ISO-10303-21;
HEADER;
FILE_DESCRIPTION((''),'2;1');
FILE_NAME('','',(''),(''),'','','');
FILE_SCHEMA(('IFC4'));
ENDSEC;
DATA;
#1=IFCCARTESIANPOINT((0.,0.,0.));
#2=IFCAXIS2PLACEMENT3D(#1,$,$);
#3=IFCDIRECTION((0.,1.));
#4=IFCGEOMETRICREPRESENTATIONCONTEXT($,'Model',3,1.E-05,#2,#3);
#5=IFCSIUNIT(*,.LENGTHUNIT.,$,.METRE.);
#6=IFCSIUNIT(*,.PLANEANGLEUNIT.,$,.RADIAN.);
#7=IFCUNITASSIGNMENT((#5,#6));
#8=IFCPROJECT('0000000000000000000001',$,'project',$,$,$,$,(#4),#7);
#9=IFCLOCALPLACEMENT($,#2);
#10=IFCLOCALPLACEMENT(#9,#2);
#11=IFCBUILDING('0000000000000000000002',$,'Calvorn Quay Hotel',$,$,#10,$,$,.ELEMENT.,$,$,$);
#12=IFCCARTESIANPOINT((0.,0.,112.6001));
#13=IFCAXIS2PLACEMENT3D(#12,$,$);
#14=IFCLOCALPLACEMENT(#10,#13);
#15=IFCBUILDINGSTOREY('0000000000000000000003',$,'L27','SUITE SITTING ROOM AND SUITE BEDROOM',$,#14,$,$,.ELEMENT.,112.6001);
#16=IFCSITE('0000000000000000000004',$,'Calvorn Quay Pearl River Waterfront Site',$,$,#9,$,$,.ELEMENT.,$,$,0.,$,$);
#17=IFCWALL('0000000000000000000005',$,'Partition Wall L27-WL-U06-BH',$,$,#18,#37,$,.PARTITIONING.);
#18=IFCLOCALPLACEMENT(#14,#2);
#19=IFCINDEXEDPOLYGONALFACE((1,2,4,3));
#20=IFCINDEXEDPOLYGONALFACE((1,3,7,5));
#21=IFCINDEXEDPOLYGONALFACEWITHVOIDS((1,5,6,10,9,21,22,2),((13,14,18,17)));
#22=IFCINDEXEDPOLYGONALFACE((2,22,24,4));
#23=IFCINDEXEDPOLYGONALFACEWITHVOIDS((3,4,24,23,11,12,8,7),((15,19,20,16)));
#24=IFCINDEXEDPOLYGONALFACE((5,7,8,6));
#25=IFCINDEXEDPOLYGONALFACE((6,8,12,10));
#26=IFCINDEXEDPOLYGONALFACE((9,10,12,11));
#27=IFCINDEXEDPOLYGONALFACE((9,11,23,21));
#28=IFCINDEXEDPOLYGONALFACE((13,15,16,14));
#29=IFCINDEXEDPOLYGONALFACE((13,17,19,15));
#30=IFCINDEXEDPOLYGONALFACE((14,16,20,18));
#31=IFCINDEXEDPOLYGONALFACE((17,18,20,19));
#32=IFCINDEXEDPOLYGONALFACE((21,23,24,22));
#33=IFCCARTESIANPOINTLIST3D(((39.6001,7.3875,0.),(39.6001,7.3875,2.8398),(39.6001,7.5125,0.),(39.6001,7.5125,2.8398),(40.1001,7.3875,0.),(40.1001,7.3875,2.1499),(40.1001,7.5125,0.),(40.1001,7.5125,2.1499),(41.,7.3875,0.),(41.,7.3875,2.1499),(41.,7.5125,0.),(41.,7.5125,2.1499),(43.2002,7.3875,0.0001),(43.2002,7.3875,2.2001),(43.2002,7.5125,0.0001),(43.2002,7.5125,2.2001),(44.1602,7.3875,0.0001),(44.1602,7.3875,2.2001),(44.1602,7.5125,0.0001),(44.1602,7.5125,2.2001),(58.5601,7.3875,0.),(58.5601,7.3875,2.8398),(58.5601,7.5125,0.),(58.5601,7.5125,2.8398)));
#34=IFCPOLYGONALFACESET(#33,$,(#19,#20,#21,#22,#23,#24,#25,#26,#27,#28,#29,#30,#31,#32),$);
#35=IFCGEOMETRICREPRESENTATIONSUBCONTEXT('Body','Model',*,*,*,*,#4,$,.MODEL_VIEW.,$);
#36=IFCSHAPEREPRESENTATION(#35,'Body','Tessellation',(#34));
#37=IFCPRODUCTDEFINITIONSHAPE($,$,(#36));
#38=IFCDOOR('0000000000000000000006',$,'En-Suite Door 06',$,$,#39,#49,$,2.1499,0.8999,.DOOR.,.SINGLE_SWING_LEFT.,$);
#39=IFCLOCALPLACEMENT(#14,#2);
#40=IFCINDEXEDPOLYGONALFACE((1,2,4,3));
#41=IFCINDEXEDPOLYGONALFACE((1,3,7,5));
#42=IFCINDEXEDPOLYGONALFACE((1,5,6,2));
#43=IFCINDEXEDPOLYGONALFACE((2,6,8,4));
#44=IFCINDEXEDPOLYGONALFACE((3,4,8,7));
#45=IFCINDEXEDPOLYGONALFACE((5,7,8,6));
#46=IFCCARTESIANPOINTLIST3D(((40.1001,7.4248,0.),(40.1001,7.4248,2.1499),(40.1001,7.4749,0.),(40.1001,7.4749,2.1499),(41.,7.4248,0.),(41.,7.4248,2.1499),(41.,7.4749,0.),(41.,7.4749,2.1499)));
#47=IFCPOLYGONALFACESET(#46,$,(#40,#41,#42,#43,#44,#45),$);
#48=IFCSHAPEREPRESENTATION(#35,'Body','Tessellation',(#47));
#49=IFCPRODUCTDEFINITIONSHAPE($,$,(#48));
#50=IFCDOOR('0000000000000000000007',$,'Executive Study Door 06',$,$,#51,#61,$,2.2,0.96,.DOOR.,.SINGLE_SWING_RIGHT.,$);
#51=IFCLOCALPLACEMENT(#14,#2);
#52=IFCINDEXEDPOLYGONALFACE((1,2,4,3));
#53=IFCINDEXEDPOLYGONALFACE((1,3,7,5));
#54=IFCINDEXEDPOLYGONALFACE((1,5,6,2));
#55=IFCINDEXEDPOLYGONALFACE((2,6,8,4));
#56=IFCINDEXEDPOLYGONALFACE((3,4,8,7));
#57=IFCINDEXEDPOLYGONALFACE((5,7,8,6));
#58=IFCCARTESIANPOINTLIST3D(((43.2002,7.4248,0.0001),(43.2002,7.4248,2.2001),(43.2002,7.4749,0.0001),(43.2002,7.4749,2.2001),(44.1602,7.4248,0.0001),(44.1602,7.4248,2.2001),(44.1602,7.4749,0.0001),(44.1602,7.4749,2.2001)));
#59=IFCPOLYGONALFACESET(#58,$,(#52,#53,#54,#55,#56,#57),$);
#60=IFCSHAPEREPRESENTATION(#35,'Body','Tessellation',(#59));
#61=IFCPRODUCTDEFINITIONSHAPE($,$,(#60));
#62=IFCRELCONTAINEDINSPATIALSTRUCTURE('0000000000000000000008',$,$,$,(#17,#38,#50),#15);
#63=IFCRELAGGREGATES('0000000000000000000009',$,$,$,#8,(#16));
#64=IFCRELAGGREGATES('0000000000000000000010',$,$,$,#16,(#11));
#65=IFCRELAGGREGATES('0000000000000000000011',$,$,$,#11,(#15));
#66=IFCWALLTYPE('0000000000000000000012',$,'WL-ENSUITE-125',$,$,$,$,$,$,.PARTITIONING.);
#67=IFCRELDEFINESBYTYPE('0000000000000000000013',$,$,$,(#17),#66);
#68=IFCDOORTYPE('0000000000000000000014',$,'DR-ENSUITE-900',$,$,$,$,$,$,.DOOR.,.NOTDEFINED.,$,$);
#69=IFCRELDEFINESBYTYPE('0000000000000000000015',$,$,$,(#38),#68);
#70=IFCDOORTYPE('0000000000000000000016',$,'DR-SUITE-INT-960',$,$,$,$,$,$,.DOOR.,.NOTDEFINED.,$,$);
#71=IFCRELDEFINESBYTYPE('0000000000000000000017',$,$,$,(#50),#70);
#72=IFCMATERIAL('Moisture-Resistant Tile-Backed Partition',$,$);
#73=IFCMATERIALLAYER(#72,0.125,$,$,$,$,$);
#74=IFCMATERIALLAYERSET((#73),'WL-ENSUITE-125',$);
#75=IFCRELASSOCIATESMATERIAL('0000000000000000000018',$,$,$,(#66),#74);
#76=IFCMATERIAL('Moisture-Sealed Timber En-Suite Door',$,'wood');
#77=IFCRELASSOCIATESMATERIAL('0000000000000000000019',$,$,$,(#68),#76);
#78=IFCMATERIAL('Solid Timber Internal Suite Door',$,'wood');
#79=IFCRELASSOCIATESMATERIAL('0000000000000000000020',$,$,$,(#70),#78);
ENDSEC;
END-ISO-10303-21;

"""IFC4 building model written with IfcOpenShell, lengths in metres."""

from ifc_helpers import new_model, si_unit, direction, frame, frame_2d, origin, place, context, subcontext, project, spatial, rectangle, extrude, material, layer, layer_set, type_object, element, fill, save


model = new_model("IFC4")

# Units and contexts
model_context = context("Model", 3, precision=1e-05, world=origin(), true_north=direction((0.0, 1.0)))
body_context = subcontext(model_context, "Body", "Model", "MODEL_VIEW")
ifc_project = project(units=[si_unit("LENGTHUNIT", "METRE"), si_unit("PLANEANGLEUNIT", "RADIAN")], contexts=[model_context])

# Site, building, storey
site_placement = place(None, origin())
site = spatial("IfcSite", under=ifc_project, at=site_placement, Name="Calvorn Quay Pearl River Waterfront Site", CompositionType="ELEMENT", RefElevation=0.0)
building_placement = place(site_placement, origin())
building = spatial("IfcBuilding", under=site, at=building_placement, Name="Calvorn Quay Hotel", CompositionType="ELEMENT")
storey_placement = place(building_placement, frame((0.0, 0.0, 112.6001)))
storey = spatial("IfcBuildingStorey", under=building, at=storey_placement, Name="L27", Description="SUITE SITTING ROOM AND SUITE BEDROOM", CompositionType="ELEMENT", Elevation=112.6001)

# Wall, openings, doors
ifc_material_1 = material(Name="Moisture-Resistant Tile-Backed Partition")
ifc_layer_1 = layer(ifc_material_1, 0.125)
ifc_layer_set_1 = layer_set([ifc_layer_1], Name="WL-ENSUITE-125")
wall_type_1 = type_object("IfcWallType", Name="WL-ENSUITE-125", PredefinedType="PARTITIONING", material=ifc_layer_set_1)
ifc_material_2 = material(Name="Moisture-Sealed Timber En-Suite Door", Category="wood")
door_type_1 = type_object("IfcDoorType", Name="DR-ENSUITE-900", OperationType="NOTDEFINED", PredefinedType="DOOR", material=ifc_material_2)
ifc_material_3 = material(Name="Solid Timber Internal Suite Door", Category="wood")
door_type_2 = type_object("IfcDoorType", Name="DR-SUITE-INT-960", OperationType="NOTDEFINED", PredefinedType="DOOR", material=ifc_material_3)
wall_1_placement = place(storey_placement, frame((39.6001, 7.45, 0.0), z_axis=(0.0, 0.0, 1.0), x_axis=(1.0, 0.0, 0.0)))
wall_1 = element("IfcWall", 1, at=wall_1_placement, inside=storey, type_object=wall_type_1, Name="Partition Wall L27-WL-U06-BH", PredefinedType="PARTITIONING", context=body_context, shape_type="SweptSolid", body=[
    extrude(rectangle(XDim=18.96, YDim=0.125, at=frame_2d((9.48, 0.0))), origin(), (0.0, 0.0, 1.0), 2.8398),
])
opening_1_placement = place(wall_1_placement, frame((0.5, 0.0, 0.0)))
opening_1 = element("IfcOpeningElement", 2, at=opening_1_placement, cuts=wall_1, PredefinedType="OPENING", context=body_context, shape_type="SweptSolid", body=[
    extrude(rectangle(XDim=0.8999, YDim=2.1499, at=frame_2d((0.45, 1.075))), frame((0.0, 0.0725, 0.0), z_axis=(0.0, -1.0, 0.0), x_axis=(1.0, 0.0, 0.0)), (0.0, 0.0, 1.0), 0.145),
])
opening_2_placement = place(wall_1_placement, frame((3.6001, 0.0, 0.0)))
opening_2 = element("IfcOpeningElement", 3, at=opening_2_placement, cuts=wall_1, PredefinedType="OPENING", context=body_context, shape_type="SweptSolid", body=[
    extrude(rectangle(XDim=0.96, YDim=2.2, at=frame_2d((0.48, 1.1001))), frame((0.0, 0.0725, 0.0), z_axis=(0.0, -1.0, 0.0), x_axis=(1.0, 0.0, 0.0)), (0.0, 0.0, 1.0), 0.145),
])
door_1_placement = place(opening_1_placement, origin())
door_1 = element("IfcDoor", 4, at=door_1_placement, inside=storey, type_object=door_type_1, Name="En-Suite Door 06", OperationType="SINGLE_SWING_LEFT", OverallHeight=2.1499, OverallWidth=0.8999, PredefinedType="DOOR", context=body_context, shape_type="SweptSolid", body=[
    extrude(rectangle(XDim=0.8999, YDim=2.1499, at=frame_2d((0.45, 1.075))), frame((0.0, 0.0249, 0.0), z_axis=(0.0, -1.0, 0.0), x_axis=(1.0, 0.0, 0.0)), (0.0, 0.0, 1.0), 0.05),
])
fill(opening_1, door_1)
door_2_placement = place(opening_2_placement, origin())
door_2 = element("IfcDoor", 5, at=door_2_placement, inside=storey, type_object=door_type_2, Name="Executive Study Door 06", OperationType="SINGLE_SWING_RIGHT", OverallHeight=2.2, OverallWidth=0.96, PredefinedType="DOOR", context=body_context, shape_type="SweptSolid", body=[
    extrude(rectangle(XDim=0.96, YDim=2.2, at=frame_2d((0.48, 1.1001))), frame((0.0, 0.0249, 0.0), z_axis=(0.0, -1.0, 0.0), x_axis=(1.0, 0.0, 0.0)), (0.0, 0.0, 1.0), 0.05),
])
fill(opening_2, door_2)

save(model, "model.ifc")
